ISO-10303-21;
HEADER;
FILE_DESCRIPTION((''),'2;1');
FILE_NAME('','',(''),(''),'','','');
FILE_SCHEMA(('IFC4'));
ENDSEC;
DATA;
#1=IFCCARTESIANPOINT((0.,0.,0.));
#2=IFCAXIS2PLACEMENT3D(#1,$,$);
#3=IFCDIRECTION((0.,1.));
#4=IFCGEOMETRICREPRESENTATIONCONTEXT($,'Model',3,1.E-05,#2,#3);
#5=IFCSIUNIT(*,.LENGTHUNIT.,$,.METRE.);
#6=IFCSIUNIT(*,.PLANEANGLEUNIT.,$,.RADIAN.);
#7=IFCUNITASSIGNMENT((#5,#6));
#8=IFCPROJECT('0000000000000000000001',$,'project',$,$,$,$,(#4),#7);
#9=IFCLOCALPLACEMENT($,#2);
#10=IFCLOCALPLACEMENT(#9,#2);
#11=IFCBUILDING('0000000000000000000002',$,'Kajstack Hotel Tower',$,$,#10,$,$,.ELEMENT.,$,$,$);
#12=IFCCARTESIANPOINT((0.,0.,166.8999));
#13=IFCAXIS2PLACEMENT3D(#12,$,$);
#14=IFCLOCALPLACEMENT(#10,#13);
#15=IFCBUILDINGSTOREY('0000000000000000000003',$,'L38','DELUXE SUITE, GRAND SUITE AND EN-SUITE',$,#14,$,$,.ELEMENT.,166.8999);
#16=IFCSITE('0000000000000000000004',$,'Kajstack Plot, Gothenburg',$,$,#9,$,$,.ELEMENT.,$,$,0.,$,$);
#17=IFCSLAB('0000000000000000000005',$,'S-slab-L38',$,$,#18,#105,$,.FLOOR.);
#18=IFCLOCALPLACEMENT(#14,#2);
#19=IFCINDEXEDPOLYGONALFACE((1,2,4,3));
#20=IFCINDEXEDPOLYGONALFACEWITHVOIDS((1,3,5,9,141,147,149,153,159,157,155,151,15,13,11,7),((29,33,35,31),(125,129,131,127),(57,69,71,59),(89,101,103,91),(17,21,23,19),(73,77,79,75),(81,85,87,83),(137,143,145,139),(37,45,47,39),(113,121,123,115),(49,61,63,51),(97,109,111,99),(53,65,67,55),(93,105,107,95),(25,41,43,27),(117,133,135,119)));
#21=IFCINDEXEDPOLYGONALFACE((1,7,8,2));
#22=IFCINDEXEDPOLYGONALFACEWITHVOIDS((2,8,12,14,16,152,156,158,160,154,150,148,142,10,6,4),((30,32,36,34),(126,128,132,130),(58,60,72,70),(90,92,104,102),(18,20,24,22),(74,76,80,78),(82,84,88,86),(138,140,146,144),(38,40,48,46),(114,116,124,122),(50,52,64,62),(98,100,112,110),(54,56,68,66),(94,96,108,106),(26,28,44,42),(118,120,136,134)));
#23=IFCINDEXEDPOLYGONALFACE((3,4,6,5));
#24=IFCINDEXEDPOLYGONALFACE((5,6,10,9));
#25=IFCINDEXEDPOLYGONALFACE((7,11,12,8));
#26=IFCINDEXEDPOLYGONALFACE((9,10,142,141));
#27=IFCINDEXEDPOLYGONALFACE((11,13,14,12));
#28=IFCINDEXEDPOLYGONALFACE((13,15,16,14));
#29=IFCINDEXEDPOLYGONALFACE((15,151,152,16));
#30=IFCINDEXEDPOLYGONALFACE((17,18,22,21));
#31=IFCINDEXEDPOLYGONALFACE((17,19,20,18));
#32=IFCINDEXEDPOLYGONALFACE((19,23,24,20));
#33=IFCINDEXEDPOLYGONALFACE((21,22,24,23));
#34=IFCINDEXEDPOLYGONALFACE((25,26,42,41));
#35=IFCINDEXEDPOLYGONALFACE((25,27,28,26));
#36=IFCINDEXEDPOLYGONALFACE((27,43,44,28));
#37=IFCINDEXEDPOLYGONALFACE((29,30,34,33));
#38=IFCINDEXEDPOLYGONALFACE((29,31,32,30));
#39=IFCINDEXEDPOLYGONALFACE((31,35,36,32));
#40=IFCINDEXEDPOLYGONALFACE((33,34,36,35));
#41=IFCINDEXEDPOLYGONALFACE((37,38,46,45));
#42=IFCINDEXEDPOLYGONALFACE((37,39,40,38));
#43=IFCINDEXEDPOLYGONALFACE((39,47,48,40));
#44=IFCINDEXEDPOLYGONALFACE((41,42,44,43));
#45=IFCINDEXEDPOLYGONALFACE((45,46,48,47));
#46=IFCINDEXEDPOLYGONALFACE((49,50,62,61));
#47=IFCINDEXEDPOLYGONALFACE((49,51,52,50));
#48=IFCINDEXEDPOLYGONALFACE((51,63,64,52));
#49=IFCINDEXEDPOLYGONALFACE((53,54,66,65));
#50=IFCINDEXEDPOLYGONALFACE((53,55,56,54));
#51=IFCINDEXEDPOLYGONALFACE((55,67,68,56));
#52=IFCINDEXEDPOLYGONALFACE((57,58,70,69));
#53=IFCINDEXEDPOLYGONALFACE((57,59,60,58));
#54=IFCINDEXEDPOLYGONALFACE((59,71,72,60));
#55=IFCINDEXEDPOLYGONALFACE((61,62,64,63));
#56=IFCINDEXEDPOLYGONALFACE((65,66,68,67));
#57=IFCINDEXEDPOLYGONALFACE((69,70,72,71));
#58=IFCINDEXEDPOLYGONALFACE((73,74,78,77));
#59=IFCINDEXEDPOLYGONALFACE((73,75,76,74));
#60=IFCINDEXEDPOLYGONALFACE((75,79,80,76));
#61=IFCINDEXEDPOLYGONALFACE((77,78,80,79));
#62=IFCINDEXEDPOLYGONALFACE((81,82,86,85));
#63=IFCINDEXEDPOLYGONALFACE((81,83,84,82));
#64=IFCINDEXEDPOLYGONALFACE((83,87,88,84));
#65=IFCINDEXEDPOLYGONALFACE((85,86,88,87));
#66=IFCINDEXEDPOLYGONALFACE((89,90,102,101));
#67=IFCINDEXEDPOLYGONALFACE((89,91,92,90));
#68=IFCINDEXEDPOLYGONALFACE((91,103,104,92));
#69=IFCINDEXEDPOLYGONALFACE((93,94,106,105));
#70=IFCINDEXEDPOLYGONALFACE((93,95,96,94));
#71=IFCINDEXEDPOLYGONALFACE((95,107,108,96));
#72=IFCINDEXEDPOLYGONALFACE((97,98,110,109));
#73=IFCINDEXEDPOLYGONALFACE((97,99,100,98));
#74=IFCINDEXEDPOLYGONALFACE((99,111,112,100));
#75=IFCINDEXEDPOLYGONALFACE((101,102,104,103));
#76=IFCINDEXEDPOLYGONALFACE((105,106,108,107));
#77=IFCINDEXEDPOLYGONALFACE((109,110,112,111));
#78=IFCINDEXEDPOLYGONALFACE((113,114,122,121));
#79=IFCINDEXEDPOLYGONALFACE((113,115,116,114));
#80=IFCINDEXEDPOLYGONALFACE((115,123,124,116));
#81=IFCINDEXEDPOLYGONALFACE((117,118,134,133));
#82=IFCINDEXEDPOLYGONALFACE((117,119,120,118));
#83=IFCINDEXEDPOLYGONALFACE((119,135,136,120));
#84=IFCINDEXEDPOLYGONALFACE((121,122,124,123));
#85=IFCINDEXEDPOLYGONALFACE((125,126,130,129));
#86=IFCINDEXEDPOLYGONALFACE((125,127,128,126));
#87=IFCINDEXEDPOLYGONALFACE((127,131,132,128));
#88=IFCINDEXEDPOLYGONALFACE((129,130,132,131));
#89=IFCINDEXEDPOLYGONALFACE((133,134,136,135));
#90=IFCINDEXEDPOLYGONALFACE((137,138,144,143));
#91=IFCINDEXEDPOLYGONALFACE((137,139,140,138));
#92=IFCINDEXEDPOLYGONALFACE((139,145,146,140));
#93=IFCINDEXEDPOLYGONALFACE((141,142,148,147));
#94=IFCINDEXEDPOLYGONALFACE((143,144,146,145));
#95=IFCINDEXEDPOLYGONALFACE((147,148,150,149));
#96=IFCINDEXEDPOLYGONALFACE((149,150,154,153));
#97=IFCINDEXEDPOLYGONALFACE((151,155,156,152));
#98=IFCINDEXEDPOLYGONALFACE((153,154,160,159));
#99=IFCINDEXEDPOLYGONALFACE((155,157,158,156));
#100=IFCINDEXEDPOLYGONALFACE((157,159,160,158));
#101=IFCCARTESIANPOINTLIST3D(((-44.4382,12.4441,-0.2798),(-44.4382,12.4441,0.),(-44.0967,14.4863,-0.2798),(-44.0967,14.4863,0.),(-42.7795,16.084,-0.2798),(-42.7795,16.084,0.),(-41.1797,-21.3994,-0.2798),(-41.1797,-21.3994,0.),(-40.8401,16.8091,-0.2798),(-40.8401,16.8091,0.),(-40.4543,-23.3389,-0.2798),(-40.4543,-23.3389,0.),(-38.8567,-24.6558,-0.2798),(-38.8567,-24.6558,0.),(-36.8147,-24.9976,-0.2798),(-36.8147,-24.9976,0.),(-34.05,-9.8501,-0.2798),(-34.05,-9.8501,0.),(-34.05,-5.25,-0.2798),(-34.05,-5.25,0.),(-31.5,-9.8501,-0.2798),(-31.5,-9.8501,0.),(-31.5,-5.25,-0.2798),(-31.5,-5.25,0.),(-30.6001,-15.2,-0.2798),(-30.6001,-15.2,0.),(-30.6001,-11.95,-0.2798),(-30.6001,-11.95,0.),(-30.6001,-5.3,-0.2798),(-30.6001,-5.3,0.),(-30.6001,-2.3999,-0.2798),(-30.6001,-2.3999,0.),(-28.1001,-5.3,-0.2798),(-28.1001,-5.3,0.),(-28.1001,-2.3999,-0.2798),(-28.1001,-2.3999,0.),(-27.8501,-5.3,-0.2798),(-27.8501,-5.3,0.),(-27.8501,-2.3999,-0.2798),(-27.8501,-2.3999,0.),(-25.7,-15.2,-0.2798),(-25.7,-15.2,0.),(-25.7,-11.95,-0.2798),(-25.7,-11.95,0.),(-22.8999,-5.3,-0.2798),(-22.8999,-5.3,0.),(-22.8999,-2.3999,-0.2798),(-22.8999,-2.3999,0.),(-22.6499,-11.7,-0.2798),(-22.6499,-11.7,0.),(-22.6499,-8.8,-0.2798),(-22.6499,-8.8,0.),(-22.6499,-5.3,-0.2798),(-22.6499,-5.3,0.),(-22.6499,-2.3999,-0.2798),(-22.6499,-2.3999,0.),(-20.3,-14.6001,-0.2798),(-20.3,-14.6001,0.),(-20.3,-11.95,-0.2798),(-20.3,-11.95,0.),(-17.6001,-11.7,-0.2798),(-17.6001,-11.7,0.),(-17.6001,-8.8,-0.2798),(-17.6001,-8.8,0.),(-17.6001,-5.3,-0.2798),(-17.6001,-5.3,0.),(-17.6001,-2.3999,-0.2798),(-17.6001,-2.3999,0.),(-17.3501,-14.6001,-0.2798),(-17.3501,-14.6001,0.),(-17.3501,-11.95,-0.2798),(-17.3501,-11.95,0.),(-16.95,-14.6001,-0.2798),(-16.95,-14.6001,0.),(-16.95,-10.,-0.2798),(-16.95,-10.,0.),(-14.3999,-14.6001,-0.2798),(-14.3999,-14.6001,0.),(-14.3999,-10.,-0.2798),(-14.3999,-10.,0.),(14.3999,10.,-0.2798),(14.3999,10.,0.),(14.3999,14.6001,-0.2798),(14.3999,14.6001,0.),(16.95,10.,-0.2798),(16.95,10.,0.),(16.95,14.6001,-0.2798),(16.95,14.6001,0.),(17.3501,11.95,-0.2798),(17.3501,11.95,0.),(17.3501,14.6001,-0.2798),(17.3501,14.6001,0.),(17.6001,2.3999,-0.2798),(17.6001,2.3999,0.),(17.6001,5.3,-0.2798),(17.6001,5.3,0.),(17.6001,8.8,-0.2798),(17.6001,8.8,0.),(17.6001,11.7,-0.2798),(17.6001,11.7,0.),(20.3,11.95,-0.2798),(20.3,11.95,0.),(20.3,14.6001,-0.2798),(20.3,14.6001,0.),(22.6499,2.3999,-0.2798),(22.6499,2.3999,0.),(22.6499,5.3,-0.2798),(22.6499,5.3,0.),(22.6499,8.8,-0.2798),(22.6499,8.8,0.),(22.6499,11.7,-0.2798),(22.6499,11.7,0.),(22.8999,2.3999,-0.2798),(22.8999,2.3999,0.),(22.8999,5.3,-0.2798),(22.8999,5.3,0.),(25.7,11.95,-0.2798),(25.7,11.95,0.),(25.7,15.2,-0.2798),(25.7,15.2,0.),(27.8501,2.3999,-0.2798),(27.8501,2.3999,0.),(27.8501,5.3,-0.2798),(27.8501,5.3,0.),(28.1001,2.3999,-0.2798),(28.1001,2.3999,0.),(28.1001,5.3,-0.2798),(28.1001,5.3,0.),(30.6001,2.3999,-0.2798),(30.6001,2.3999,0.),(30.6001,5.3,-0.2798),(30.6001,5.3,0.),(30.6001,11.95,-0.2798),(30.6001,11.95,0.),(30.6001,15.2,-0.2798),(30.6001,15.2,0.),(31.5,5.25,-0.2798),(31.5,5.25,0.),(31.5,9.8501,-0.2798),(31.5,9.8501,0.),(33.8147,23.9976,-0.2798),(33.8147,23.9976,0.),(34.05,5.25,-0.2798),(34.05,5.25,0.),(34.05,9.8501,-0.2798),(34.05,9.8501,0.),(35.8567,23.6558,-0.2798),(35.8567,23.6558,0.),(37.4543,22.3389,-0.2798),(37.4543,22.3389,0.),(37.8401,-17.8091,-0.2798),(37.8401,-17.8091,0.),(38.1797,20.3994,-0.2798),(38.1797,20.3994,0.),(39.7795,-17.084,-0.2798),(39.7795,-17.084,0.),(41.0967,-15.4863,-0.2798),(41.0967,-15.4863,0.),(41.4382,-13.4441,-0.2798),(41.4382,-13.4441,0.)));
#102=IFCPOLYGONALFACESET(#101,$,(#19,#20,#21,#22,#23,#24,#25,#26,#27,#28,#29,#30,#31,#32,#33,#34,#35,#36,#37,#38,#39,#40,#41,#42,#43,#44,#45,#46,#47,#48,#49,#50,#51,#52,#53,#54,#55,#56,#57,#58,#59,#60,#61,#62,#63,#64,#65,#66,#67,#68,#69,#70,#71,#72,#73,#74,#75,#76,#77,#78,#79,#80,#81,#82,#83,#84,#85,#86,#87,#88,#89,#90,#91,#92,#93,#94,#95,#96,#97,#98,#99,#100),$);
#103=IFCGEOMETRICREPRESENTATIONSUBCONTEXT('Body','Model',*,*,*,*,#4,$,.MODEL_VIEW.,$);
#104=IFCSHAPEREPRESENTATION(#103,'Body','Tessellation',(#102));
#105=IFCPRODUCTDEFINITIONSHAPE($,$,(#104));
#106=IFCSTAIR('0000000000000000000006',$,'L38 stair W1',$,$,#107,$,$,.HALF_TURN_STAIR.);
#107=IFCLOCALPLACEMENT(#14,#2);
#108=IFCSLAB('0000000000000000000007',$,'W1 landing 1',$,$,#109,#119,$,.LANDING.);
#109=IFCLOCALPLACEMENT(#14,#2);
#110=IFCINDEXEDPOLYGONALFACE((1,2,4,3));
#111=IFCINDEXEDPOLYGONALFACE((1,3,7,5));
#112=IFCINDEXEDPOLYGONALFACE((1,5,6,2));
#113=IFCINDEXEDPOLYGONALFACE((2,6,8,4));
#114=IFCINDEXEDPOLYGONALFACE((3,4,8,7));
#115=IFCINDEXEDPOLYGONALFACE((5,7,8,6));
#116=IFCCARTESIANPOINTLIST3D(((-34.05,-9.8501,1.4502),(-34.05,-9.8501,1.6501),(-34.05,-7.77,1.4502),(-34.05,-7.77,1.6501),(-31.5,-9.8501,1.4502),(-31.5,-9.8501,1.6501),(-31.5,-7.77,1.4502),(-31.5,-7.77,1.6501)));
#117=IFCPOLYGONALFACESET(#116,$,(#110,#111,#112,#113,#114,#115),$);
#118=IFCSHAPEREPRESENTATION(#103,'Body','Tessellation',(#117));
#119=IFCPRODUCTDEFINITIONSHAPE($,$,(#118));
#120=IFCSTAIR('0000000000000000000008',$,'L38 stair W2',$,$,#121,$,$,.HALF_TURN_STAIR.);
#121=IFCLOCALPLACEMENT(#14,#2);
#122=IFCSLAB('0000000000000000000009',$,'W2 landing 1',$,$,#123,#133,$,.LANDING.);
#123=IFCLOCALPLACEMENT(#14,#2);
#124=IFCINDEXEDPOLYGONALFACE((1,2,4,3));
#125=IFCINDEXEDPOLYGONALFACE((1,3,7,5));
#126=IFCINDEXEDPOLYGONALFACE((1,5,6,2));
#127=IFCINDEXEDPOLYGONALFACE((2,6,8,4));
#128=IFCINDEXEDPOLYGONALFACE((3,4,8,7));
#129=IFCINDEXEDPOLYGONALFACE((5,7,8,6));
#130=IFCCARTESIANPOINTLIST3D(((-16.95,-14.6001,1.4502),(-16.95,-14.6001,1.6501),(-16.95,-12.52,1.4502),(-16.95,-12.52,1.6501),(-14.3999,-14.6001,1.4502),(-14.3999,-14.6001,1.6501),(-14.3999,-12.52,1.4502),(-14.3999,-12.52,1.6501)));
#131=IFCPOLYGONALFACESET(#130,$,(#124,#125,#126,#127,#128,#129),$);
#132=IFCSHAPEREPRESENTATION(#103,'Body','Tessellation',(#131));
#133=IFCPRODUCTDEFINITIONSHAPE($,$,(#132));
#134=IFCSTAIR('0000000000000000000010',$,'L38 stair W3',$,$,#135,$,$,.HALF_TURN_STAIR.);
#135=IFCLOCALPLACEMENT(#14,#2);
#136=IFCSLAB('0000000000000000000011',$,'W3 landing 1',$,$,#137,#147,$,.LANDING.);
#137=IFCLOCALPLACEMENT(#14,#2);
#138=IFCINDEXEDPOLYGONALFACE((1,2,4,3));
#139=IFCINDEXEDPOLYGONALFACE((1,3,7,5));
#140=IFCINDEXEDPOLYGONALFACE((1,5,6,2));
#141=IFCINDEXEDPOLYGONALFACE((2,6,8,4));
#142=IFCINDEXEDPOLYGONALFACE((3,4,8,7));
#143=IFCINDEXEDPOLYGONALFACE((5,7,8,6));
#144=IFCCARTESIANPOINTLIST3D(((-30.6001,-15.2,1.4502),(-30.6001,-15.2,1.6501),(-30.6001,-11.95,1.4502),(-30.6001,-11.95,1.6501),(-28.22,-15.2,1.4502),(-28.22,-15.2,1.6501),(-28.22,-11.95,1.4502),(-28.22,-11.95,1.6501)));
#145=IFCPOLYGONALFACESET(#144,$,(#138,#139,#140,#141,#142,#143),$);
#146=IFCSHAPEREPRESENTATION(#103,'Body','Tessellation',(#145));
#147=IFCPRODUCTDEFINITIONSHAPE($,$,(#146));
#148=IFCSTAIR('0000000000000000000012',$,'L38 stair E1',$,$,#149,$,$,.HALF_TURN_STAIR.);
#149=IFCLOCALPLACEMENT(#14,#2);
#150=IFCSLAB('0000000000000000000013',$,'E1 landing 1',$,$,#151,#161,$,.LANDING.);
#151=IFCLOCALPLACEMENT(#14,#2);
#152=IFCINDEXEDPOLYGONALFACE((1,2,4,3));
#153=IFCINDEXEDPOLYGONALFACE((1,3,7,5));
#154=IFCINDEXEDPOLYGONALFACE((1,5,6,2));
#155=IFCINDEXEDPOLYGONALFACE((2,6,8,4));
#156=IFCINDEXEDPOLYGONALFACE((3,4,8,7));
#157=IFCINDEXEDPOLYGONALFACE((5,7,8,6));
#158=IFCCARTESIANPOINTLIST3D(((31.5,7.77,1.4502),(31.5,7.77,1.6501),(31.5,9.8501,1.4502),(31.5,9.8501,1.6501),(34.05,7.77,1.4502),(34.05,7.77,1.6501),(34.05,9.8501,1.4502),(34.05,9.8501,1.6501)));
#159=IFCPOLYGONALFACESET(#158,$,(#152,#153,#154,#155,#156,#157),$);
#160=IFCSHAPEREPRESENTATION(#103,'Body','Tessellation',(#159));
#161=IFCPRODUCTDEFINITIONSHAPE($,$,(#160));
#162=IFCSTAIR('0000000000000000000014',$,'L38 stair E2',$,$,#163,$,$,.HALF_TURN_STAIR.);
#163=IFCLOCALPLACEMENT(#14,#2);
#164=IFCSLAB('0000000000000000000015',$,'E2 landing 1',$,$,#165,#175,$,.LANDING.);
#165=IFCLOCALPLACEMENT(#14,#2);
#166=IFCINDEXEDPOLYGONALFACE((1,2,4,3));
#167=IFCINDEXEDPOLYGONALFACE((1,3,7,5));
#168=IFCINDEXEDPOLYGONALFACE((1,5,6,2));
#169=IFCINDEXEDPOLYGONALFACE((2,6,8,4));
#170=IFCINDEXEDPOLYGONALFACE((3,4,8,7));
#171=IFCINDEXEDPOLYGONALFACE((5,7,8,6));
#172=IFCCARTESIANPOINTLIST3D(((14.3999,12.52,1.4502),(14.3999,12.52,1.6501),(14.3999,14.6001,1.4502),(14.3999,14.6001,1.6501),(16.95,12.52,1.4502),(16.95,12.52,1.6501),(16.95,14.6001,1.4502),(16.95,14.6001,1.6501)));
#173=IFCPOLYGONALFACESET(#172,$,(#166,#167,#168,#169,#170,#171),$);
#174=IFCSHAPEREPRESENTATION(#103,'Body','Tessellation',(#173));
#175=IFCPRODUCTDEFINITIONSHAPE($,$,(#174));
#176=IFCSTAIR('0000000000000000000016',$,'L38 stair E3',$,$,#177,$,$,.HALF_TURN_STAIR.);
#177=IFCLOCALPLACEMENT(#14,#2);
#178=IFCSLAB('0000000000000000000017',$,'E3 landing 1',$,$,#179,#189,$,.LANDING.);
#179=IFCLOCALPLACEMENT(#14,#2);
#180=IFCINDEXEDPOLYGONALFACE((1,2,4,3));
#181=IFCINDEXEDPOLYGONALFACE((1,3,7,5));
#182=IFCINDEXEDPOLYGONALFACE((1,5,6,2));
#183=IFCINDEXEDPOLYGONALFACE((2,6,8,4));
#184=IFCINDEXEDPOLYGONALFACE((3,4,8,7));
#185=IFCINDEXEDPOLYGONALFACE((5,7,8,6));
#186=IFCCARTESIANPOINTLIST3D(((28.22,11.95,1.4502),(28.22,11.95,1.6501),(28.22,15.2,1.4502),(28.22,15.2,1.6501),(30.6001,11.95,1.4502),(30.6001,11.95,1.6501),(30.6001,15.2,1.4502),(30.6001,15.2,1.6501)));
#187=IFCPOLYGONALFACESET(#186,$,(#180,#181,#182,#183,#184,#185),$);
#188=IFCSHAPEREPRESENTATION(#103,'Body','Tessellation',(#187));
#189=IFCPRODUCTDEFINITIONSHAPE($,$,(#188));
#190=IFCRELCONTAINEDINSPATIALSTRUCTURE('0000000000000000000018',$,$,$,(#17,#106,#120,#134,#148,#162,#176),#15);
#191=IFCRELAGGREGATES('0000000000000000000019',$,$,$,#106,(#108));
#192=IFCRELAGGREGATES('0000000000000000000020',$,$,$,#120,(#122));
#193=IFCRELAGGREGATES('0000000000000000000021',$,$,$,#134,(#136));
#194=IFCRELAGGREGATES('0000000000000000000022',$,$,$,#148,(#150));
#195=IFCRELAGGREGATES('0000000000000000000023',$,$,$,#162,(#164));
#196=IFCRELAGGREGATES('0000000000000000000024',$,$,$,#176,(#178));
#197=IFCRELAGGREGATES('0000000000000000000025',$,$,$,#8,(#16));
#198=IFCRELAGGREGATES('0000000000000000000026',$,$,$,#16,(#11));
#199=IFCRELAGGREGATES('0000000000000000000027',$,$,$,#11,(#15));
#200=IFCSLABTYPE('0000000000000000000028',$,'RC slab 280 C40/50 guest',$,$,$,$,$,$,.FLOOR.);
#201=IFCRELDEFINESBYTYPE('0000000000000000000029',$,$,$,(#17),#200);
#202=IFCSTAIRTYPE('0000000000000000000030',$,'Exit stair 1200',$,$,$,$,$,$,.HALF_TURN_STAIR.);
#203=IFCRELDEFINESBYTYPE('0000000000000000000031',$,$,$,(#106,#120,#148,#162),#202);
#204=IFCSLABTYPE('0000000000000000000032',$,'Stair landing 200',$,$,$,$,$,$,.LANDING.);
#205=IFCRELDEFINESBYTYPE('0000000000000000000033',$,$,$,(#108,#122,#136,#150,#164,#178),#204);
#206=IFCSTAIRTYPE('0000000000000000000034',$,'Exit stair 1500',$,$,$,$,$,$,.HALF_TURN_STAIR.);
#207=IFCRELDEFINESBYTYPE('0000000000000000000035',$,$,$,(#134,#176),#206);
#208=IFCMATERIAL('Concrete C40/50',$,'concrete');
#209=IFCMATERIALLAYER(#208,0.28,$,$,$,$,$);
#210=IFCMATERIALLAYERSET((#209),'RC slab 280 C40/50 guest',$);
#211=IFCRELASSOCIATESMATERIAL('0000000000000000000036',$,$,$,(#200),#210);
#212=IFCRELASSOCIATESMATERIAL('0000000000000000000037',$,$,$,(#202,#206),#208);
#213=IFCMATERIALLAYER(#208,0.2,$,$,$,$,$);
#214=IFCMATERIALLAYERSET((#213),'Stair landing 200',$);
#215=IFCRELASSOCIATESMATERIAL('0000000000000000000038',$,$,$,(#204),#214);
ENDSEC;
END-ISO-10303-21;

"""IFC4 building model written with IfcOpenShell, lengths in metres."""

from ifc_helpers import new_model, si_unit, direction, frame, origin, place, context, subcontext, project, spatial, polyline, outline, extrude, material, layer, layer_set, type_object, element, aggregate, save


model = new_model("IFC4")

# Units and contexts
model_context = context("Model", 3, precision=1e-05, world=origin(), true_north=direction((0.0, 1.0)))
body_context = subcontext(model_context, "Body", "Model", "MODEL_VIEW")
ifc_project = project(units=[si_unit("LENGTHUNIT", "METRE"), si_unit("PLANEANGLEUNIT", "RADIAN")], contexts=[model_context])

# Site, building, storey
site_placement = place(None, origin())
site = spatial("IfcSite", under=ifc_project, at=site_placement, Name="Kajstack Plot, Gothenburg", CompositionType="ELEMENT", RefElevation=0.0)
building_placement = place(site_placement, origin())
building = spatial("IfcBuilding", under=site, at=building_placement, Name="Kajstack Hotel Tower", CompositionType="ELEMENT")
storey_placement = place(building_placement, frame((0.0, 0.0, 166.8999)))
storey = spatial("IfcBuildingStorey", under=building, at=storey_placement, Name="L38", Description="DELUXE SUITE, GRAND SUITE AND EN-SUITE", CompositionType="ELEMENT", Elevation=166.8999)

# Slab
ifc_material_1 = material(Name="Concrete C40/50", Category="concrete")
ifc_layer_1 = layer(ifc_material_1, 0.28)
ifc_layer_set_1 = layer_set([ifc_layer_1], Name="RC slab 280 C40/50 guest")
slab_type_1 = type_object("IfcSlabType", Name="RC slab 280 C40/50 guest", PredefinedType="FLOOR", material=ifc_layer_set_1)
slab_1_placement = place(storey_placement, frame((0.0, 0.0, -0.2798)))
element("IfcSlab", 1, at=slab_1_placement, inside=storey, type_object=slab_type_1, Name="S-slab-L38", PredefinedType="FLOOR", context=body_context, shape_type="SweptSolid", body=[
    extrude(outline(polyline([(-44.4382, 12.4441), (-41.1797, -21.3994), (-40.4543, -23.3389), (-38.8567, -24.6558), (-36.8147, -24.9976), (37.8401, -17.8091), (39.7795, -17.084), (41.0967, -15.4863), (41.4382, -13.4441), (38.1797, 20.3994), (37.4543, 22.3389), (35.8567, 23.6558), (33.8147, 23.9976), (-40.8401, 16.8091), (-42.7795, 16.084), (-44.0967, 14.4863), (-44.4382, 12.4441)]), holes=[polyline([(-22.6499, -11.7), (-22.6499, -8.8), (-17.6001, -8.8), (-17.6001, -11.7), (-22.6499, -11.7)]), polyline([(-27.8501, -5.3), (-27.8501, -2.3999), (-22.8999, -2.3999), (-22.8999, -5.3), (-27.8501, -5.3)]), polyline([(-22.6499, -5.3), (-22.6499, -2.3999), (-17.6001, -2.3999), (-17.6001, -5.3), (-22.6499, -5.3)]), polyline([(-20.3, -14.6001), (-17.3501, -14.6001), (-17.3501, -11.95), (-20.3, -11.95), (-20.3, -14.6001)]), polyline([(-30.6001, -5.3), (-28.1001, -5.3), (-28.1001, -2.3999), (-30.6001, -2.3999), (-30.6001, -5.3)]), polyline([(17.6001, 8.8), (17.6001, 11.7), (22.6499, 11.7), (22.6499, 8.8), (17.6001, 8.8)]), polyline([(22.8999, 2.3999), (22.8999, 5.3), (27.8501, 5.3), (27.8501, 2.3999), (22.8999, 2.3999)]), polyline([(17.6001, 2.3999), (17.6001, 5.3), (22.6499, 5.3), (22.6499, 2.3999), (17.6001, 2.3999)]), polyline([(20.3, 14.6001), (17.3501, 14.6001), (17.3501, 11.95), (20.3, 11.95), (20.3, 14.6001)]), polyline([(30.6001, 5.3), (28.1001, 5.3), (28.1001, 2.3999), (30.6001, 2.3999), (30.6001, 5.3)]), polyline([(-34.05, -9.8501), (-31.5, -9.8501), (-31.5, -5.25), (-34.05, -5.25), (-34.05, -9.8501)]), polyline([(-16.95, -14.6001), (-14.3999, -14.6001), (-14.3999, -10.0), (-16.95, -10.0), (-16.95, -14.6001)]), polyline([(-30.6001, -15.2), (-25.7, -15.2), (-25.7, -11.95), (-30.6001, -11.95), (-30.6001, -15.2)]), polyline([(34.05, 9.8501), (31.5, 9.8501), (31.5, 5.25), (34.05, 5.25), (34.05, 9.8501)]), polyline([(16.95, 14.6001), (14.3999, 14.6001), (14.3999, 10.0), (16.95, 10.0), (16.95, 14.6001)]), polyline([(30.6001, 15.2), (25.7, 15.2), (25.7, 11.95), (30.6001, 11.95), (30.6001, 15.2)])]), origin(), (0.0, 0.0, 1.0), 0.2798),
])

# Stairs, slabs
stair_type_1 = type_object("IfcStairType", Name="Exit stair 1200", PredefinedType="HALF_TURN_STAIR", material=ifc_material_1)
stair_1_placement = place(storey_placement, origin())
stair_1 = element("IfcStair", 2, at=stair_1_placement, inside=storey, type_object=stair_type_1, Name="L38 stair W1", PredefinedType="HALF_TURN_STAIR")
ifc_layer_2 = layer(ifc_material_1, 0.2)
ifc_layer_set_2 = layer_set([ifc_layer_2], Name="Stair landing 200")
slab_type_2 = type_object("IfcSlabType", Name="Stair landing 200", PredefinedType="LANDING", material=ifc_layer_set_2)
slab_2_placement = place(storey_placement, frame((0.0, 0.0, 1.4502)))
slab_2 = element("IfcSlab", 3, at=slab_2_placement, type_object=slab_type_2, Name="W1 landing 1", PredefinedType="LANDING", context=body_context, shape_type="SweptSolid", body=[
    extrude(outline(polyline([(-34.05, -7.77), (-34.05, -9.8501), (-31.5, -9.8501), (-31.5, -7.77), (-34.05, -7.77)])), origin(), (0.0, 0.0, 1.0), 0.2),
])
aggregate(stair_1, [slab_2])
stair_2_placement = place(storey_placement, origin())
stair_2 = element("IfcStair", 4, at=stair_2_placement, inside=storey, type_object=stair_type_1, Name="L38 stair W2", PredefinedType="HALF_TURN_STAIR")
slab_3_placement = place(storey_placement, frame((0.0, 0.0, 1.4502)))
slab_3 = element("IfcSlab", 5, at=slab_3_placement, type_object=slab_type_2, Name="W2 landing 1", PredefinedType="LANDING", context=body_context, shape_type="SweptSolid", body=[
    extrude(outline(polyline([(-16.95, -12.52), (-16.95, -14.6001), (-14.3999, -14.6001), (-14.3999, -12.52), (-16.95, -12.52)])), origin(), (0.0, 0.0, 1.0), 0.2),
])
aggregate(stair_2, [slab_3])
stair_type_2 = type_object("IfcStairType", Name="Exit stair 1500", PredefinedType="HALF_TURN_STAIR", material=ifc_material_1)
stair_3_placement = place(storey_placement, origin())
stair_3 = element("IfcStair", 6, at=stair_3_placement, inside=storey, type_object=stair_type_2, Name="L38 stair W3", PredefinedType="HALF_TURN_STAIR")
slab_4_placement = place(storey_placement, frame((0.0, 0.0, 1.4502)))
slab_4 = element("IfcSlab", 7, at=slab_4_placement, type_object=slab_type_2, Name="W3 landing 1", PredefinedType="LANDING", context=body_context, shape_type="SweptSolid", body=[
    extrude(outline(polyline([(-28.22, -11.95), (-30.6001, -11.95), (-30.6001, -15.2), (-28.22, -15.2), (-28.22, -11.95)])), origin(), (0.0, 0.0, 1.0), 0.2),
])
aggregate(stair_3, [slab_4])
stair_4_placement = place(storey_placement, origin())
stair_4 = element("IfcStair", 8, at=stair_4_placement, inside=storey, type_object=stair_type_1, Name="L38 stair E1", PredefinedType="HALF_TURN_STAIR")
slab_5_placement = place(storey_placement, frame((0.0, 0.0, 1.4502)))
slab_5 = element("IfcSlab", 9, at=slab_5_placement, type_object=slab_type_2, Name="E1 landing 1", PredefinedType="LANDING", context=body_context, shape_type="SweptSolid", body=[
    extrude(outline(polyline([(34.05, 7.77), (34.05, 9.8501), (31.5, 9.8501), (31.5, 7.77), (34.05, 7.77)])), origin(), (0.0, 0.0, 1.0), 0.2),
])
aggregate(stair_4, [slab_5])
stair_5_placement = place(storey_placement, origin())
stair_5 = element("IfcStair", 10, at=stair_5_placement, inside=storey, type_object=stair_type_1, Name="L38 stair E2", PredefinedType="HALF_TURN_STAIR")
slab_6_placement = place(storey_placement, frame((0.0, 0.0, 1.4502)))
slab_6 = element("IfcSlab", 11, at=slab_6_placement, type_object=slab_type_2, Name="E2 landing 1", PredefinedType="LANDING", context=body_context, shape_type="SweptSolid", body=[
    extrude(outline(polyline([(16.95, 12.52), (16.95, 14.6001), (14.3999, 14.6001), (14.3999, 12.52), (16.95, 12.52)])), origin(), (0.0, 0.0, 1.0), 0.2),
])
aggregate(stair_5, [slab_6])
stair_6_placement = place(storey_placement, origin())
stair_6 = element("IfcStair", 12, at=stair_6_placement, inside=storey, type_object=stair_type_2, Name="L38 stair E3", PredefinedType="HALF_TURN_STAIR")
slab_7_placement = place(storey_placement, frame((0.0, 0.0, 1.4502)))
slab_7 = element("IfcSlab", 13, at=slab_7_placement, type_object=slab_type_2, Name="E3 landing 1", PredefinedType="LANDING", context=body_context, shape_type="SweptSolid", body=[
    extrude(outline(polyline([(28.22, 11.95), (30.6001, 11.95), (30.6001, 15.2), (28.22, 15.2), (28.22, 11.95)])), origin(), (0.0, 0.0, 1.0), 0.2),
])
aggregate(stair_6, [slab_7])

save(model, "model.ifc")
